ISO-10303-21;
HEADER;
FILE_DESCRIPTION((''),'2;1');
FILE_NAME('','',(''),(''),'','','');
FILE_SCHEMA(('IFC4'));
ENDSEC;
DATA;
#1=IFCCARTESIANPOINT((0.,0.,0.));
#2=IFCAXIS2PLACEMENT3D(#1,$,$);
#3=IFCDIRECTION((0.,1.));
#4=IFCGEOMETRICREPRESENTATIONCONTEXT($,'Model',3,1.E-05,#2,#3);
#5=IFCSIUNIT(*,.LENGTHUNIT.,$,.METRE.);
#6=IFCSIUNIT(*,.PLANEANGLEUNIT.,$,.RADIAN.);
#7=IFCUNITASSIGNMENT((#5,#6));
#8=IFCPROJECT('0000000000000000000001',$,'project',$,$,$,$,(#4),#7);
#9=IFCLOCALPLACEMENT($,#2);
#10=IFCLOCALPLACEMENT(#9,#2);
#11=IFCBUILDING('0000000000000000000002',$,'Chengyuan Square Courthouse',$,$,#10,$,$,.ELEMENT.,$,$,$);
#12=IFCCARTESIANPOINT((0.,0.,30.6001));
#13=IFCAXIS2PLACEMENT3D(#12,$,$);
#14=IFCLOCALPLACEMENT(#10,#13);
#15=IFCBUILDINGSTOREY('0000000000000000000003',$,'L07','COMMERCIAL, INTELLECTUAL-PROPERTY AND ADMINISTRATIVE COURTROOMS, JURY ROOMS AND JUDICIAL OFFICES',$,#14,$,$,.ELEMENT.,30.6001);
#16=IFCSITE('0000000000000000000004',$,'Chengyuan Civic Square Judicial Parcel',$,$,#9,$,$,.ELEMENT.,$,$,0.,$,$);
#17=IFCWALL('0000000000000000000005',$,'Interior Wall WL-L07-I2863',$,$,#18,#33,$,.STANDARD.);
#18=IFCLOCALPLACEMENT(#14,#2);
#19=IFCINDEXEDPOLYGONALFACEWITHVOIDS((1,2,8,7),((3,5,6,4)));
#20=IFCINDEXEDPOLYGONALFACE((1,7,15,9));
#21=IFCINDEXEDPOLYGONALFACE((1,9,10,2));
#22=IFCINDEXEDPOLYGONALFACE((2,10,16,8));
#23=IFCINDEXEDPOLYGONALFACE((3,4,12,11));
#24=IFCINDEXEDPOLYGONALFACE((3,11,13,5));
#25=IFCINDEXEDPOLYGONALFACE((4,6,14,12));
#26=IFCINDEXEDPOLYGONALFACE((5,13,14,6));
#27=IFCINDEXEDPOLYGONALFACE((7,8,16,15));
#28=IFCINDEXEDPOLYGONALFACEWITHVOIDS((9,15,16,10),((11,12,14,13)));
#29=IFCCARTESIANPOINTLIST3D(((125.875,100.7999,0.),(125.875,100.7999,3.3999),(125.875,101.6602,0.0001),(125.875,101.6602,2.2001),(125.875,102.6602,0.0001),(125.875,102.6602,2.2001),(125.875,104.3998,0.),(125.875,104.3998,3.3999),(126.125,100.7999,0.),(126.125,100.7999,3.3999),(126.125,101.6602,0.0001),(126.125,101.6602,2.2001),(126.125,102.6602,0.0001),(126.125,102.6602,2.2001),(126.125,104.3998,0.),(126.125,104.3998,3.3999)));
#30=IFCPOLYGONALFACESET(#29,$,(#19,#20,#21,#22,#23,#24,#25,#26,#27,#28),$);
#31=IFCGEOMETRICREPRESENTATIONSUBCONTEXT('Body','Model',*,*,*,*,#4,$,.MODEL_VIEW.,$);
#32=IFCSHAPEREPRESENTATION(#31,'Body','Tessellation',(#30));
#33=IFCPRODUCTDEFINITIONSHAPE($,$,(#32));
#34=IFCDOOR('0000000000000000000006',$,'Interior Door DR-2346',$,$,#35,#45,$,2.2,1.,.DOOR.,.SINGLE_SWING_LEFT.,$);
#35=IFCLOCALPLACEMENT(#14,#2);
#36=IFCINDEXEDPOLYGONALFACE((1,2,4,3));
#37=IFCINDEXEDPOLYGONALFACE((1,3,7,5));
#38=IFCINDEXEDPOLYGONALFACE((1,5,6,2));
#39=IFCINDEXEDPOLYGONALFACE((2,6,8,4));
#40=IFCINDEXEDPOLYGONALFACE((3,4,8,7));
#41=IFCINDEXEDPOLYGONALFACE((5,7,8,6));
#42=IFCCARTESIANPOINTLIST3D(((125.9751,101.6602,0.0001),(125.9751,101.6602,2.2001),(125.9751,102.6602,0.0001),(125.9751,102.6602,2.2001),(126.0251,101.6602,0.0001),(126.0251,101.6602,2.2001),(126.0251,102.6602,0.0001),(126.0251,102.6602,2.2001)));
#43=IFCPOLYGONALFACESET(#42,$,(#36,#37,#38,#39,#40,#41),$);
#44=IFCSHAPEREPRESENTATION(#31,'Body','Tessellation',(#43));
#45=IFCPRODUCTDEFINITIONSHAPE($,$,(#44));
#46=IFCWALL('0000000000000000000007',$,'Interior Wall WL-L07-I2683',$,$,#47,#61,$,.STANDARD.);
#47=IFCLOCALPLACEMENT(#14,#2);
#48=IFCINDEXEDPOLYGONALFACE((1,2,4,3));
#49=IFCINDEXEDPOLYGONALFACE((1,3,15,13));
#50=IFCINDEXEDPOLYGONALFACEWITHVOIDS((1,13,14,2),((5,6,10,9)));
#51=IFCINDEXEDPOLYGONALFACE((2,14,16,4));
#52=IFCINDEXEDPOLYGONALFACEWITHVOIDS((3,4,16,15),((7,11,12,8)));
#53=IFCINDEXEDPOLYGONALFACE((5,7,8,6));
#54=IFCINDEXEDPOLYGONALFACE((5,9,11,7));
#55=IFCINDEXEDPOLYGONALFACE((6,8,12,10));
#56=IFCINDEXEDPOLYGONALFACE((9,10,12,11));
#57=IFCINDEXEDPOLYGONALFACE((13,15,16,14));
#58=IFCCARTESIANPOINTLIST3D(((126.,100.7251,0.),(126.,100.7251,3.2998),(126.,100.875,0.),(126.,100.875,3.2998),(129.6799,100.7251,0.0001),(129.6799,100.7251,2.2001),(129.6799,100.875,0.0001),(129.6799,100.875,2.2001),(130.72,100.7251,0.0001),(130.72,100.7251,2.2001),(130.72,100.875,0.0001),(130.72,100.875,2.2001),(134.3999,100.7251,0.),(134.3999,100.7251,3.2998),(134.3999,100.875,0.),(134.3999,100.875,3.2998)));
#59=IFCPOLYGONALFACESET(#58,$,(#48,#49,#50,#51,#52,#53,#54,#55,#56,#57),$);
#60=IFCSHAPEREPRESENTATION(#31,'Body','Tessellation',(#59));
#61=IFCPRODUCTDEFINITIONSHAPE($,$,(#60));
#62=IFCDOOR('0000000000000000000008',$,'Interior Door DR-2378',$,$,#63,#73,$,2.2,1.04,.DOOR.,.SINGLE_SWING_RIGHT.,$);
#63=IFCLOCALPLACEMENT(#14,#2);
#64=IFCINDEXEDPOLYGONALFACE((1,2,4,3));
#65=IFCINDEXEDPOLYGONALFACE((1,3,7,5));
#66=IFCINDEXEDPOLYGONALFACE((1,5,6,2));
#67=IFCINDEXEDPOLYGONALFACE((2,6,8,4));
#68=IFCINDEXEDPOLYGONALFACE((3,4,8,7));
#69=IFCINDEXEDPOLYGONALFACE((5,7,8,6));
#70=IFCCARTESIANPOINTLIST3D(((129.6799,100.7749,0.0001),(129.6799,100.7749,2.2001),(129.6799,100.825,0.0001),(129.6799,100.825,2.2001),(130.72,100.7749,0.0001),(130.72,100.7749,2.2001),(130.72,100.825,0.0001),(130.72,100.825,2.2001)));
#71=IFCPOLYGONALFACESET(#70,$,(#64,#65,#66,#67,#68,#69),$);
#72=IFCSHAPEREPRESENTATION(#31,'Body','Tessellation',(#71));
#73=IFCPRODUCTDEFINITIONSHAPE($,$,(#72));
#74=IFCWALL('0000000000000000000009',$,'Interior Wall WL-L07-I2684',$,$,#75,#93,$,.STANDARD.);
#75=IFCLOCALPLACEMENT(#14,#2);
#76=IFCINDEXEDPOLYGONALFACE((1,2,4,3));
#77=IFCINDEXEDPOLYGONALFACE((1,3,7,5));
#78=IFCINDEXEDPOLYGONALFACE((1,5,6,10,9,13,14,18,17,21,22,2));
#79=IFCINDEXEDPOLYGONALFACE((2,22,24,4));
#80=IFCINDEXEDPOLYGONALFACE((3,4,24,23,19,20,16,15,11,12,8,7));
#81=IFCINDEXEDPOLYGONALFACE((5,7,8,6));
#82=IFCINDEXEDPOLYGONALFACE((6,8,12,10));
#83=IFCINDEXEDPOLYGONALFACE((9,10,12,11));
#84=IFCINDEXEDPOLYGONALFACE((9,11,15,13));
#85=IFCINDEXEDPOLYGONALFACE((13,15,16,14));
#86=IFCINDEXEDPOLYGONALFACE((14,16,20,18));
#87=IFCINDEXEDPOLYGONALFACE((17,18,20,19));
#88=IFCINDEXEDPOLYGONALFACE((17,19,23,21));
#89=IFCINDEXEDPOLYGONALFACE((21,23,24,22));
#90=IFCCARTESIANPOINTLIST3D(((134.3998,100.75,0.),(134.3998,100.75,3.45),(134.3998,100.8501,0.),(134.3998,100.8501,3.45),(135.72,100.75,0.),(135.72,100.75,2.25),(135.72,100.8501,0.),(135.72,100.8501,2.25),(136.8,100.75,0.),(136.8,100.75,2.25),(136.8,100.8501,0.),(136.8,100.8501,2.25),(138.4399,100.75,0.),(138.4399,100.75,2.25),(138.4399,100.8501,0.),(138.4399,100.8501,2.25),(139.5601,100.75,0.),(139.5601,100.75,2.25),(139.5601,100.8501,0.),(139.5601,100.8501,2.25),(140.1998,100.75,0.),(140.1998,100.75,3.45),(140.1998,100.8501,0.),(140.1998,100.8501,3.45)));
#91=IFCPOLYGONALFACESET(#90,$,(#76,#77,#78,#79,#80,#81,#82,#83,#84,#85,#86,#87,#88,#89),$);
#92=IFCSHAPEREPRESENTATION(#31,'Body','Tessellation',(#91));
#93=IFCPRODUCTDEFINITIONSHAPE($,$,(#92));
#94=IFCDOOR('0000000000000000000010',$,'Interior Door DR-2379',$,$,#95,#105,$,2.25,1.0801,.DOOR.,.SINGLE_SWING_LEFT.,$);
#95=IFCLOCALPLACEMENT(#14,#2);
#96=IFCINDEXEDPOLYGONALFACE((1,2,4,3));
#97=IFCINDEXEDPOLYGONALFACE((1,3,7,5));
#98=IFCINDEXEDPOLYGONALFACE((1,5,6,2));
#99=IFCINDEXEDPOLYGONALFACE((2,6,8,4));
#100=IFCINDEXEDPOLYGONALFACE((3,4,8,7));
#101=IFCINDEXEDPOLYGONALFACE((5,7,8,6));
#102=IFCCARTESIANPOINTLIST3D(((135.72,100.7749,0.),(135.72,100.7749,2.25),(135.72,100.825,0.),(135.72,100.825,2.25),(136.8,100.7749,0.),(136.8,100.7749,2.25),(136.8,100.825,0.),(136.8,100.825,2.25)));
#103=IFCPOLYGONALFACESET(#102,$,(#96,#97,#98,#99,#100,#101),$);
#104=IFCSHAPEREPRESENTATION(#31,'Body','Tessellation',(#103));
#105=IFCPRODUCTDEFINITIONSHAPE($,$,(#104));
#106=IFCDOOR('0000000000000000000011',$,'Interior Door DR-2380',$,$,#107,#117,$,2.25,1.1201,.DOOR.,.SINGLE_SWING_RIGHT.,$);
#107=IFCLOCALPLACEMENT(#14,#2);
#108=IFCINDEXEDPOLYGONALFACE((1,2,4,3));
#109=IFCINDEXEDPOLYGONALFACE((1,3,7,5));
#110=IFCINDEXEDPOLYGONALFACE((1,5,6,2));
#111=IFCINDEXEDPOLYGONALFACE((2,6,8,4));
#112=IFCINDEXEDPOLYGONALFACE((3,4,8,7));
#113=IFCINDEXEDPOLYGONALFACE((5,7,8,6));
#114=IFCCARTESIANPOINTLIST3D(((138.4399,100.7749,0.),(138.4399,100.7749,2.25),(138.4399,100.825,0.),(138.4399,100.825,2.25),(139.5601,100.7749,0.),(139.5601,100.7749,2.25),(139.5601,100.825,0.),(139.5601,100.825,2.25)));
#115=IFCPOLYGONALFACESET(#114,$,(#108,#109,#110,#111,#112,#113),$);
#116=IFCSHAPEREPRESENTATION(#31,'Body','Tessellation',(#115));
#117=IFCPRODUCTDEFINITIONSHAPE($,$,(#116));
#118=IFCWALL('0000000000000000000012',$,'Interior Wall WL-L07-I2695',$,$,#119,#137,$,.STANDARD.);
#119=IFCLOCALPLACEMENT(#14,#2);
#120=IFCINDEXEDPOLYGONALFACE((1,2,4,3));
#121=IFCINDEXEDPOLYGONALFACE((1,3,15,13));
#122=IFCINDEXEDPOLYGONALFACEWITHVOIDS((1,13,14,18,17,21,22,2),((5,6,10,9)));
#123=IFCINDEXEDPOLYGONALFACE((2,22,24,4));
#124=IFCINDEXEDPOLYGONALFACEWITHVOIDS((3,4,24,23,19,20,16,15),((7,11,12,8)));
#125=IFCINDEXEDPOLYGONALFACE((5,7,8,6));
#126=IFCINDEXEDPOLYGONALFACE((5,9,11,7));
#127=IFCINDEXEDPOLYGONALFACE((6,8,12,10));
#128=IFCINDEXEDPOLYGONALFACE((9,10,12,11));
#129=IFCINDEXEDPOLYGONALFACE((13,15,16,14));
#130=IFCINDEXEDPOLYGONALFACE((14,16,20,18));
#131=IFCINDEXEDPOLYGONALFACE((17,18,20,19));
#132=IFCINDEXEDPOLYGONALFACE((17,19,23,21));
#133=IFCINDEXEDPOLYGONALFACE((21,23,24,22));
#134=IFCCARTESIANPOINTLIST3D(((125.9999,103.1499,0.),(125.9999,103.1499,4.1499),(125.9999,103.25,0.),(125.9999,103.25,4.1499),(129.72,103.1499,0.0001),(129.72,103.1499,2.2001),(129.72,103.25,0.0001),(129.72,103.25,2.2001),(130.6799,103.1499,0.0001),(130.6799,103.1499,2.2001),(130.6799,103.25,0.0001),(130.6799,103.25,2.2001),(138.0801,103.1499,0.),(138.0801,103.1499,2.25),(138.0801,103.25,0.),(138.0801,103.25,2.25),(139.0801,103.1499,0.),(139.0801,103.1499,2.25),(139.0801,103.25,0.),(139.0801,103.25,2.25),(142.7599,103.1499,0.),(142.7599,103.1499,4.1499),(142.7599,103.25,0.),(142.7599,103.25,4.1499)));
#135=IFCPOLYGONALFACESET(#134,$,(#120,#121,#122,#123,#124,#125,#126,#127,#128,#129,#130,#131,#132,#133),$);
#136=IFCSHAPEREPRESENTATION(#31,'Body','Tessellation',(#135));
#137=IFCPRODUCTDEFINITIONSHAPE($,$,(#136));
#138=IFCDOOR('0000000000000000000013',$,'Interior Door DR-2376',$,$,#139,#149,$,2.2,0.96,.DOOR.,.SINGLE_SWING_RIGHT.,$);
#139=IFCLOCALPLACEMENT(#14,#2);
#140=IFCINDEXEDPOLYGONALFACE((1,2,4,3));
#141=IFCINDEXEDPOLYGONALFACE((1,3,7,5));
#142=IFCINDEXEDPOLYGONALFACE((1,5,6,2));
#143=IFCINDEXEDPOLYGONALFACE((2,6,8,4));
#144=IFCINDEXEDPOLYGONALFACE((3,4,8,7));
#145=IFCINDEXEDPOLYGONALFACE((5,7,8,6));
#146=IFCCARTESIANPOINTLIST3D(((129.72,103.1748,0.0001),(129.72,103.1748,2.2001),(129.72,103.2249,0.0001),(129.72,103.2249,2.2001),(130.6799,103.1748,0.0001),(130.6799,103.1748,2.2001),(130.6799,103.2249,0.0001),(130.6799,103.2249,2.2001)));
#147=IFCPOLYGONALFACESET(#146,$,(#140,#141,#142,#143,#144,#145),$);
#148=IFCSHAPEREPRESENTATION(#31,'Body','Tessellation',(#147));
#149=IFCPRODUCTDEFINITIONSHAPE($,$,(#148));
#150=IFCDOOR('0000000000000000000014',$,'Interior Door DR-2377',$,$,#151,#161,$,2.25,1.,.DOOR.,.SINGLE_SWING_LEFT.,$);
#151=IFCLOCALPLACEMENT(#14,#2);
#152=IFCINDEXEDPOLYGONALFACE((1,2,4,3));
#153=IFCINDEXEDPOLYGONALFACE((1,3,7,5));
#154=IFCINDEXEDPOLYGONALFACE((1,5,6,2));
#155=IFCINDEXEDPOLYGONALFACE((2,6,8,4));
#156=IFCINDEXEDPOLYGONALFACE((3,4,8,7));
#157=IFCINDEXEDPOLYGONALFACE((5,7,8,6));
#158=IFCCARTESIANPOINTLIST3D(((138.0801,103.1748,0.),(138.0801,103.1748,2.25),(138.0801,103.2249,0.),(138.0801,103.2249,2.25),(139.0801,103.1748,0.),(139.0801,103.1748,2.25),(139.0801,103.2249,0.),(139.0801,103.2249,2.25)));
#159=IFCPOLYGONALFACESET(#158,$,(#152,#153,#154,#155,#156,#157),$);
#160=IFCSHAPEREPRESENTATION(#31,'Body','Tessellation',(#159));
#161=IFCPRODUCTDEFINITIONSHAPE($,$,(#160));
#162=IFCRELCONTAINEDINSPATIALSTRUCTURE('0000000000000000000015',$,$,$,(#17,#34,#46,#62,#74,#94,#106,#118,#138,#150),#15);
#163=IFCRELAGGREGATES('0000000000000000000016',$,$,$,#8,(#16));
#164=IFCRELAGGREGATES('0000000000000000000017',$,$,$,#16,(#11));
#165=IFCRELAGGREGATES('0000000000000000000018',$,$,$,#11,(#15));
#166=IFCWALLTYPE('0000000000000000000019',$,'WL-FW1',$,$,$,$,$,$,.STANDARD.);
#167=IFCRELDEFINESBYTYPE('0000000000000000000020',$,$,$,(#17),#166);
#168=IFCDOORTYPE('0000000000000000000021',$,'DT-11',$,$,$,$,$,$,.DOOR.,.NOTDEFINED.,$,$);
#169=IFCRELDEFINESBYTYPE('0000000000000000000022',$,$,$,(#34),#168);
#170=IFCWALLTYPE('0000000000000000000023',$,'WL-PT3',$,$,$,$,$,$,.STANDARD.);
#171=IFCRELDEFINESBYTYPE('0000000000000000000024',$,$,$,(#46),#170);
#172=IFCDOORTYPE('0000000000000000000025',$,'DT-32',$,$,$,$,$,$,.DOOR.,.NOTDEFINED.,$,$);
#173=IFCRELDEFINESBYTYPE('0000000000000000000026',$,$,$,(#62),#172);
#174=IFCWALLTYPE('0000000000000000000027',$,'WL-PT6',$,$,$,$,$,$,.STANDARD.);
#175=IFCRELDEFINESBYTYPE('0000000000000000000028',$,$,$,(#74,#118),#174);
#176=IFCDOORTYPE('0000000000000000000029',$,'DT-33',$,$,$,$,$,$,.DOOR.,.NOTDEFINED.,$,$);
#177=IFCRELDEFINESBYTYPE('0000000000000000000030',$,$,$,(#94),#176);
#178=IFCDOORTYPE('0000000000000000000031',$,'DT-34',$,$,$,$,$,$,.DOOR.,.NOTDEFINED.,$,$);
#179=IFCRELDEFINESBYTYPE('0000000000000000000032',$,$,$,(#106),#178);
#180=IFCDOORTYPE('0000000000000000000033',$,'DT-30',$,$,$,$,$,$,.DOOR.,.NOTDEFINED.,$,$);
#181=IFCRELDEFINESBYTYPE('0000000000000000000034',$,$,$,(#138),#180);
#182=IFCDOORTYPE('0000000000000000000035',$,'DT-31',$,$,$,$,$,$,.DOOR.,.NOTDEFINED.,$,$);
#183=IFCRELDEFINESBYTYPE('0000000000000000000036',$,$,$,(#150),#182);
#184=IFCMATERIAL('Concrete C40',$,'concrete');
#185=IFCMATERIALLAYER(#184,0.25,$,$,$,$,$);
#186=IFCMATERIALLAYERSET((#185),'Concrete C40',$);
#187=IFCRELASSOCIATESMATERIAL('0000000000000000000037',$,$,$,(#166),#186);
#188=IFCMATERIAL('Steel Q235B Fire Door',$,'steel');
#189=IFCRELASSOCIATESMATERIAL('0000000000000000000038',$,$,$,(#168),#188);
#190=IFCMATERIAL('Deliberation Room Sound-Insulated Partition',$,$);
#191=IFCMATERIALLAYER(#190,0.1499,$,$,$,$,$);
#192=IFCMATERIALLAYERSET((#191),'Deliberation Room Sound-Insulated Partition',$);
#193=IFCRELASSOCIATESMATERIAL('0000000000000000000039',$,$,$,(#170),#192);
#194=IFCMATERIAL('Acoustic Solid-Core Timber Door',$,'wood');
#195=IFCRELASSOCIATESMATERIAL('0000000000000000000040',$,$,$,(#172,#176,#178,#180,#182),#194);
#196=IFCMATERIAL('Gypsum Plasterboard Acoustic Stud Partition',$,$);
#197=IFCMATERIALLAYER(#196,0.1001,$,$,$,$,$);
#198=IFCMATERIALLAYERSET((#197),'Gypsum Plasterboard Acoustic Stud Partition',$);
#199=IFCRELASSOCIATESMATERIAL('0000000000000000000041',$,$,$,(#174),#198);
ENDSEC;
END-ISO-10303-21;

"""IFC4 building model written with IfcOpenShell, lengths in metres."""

from ifc_helpers import new_model, si_unit, direction, frame, frame_2d, origin, place, context, subcontext, project, spatial, rectangle, extrude, material, layer, layer_set, type_object, element, fill, save


model = new_model("IFC4")

# Units and contexts
model_context = context("Model", 3, precision=1e-05, world=origin(), true_north=direction((0.0, 1.0)))
body_context = subcontext(model_context, "Body", "Model", "MODEL_VIEW")
ifc_project = project(units=[si_unit("LENGTHUNIT", "METRE"), si_unit("PLANEANGLEUNIT", "RADIAN")], contexts=[model_context])

# Site, building, storey
site_placement = place(None, origin())
site = spatial("IfcSite", under=ifc_project, at=site_placement, Name="Chengyuan Civic Square Judicial Parcel", CompositionType="ELEMENT", RefElevation=0.0)
building_placement = place(site_placement, origin())
building = spatial("IfcBuilding", under=site, at=building_placement, Name="Chengyuan Square Courthouse", CompositionType="ELEMENT")
storey_placement = place(building_placement, frame((0.0, 0.0, 30.6001)))
storey = spatial("IfcBuildingStorey", under=building, at=storey_placement, Name="L07", Description="COMMERCIAL, INTELLECTUAL-PROPERTY AND ADMINISTRATIVE COURTROOMS, JURY ROOMS AND JUDICIAL OFFICES", CompositionType="ELEMENT", Elevation=30.6001)

# Shared definitions
ifc_material_1 = material(Name="Concrete C40", Category="concrete")

# Walls, openings, doors
ifc_layer_1 = layer(ifc_material_1, 0.25)
ifc_layer_set_1 = layer_set([ifc_layer_1], Name="Concrete C40")
wall_type_1 = type_object("IfcWallType", Name="WL-FW1", PredefinedType="STANDARD", material=ifc_layer_set_1)
wall_1_placement = place(storey_placement, frame((126.0, 100.8, 0.0), z_axis=(0.0, 0.0, 1.0), x_axis=(0.0, 1.0, 0.0)))
wall_1 = element("IfcWall", 1, at=wall_1_placement, inside=storey, type_object=wall_type_1, Name="Interior Wall WL-L07-I2863", PredefinedType="STANDARD", context=body_context, shape_type="SweptSolid", body=[
    extrude(rectangle(XDim=3.5999, YDim=0.25, at=frame_2d((1.7998, 0.0))), origin(), (0.0, 0.0, 1.0), 3.3999),
])
opening_1_placement = place(wall_1_placement, frame((0.8601, 0.0, 0.0)))
opening_1 = element("IfcOpeningElement", 2, at=opening_1_placement, cuts=wall_1, PredefinedType="OPENING", context=body_context, shape_type="SweptSolid", body=[
    extrude(rectangle(XDim=1.0, YDim=2.2, at=frame_2d((0.5, 1.1001))), frame((0.0, 0.137, 0.0), z_axis=(0.0, -1.0, 0.0), x_axis=(1.0, 0.0, 0.0)), (0.0, 0.0, 1.0), 0.2739),
])
ifc_material_2 = material(Name="Steel Q235B Fire Door", Category="steel")
door_type_1 = type_object("IfcDoorType", Name="DT-11", OperationType="NOTDEFINED", PredefinedType="DOOR", material=ifc_material_2)
door_1_placement = place(opening_1_placement, origin())
door_1 = element("IfcDoor", 3, at=door_1_placement, inside=storey, type_object=door_type_1, Name="Interior Door DR-2346", OperationType="SINGLE_SWING_LEFT", OverallHeight=2.2, OverallWidth=1.0, PredefinedType="DOOR", context=body_context, shape_type="SweptSolid", body=[
    extrude(rectangle(XDim=1.0, YDim=2.2, at=frame_2d((0.5, 1.1001))), frame((0.0, 0.0249, 0.0), z_axis=(0.0, -1.0, 0.0), x_axis=(1.0, 0.0, 0.0)), (0.0, 0.0, 1.0), 0.05),
])
fill(opening_1, door_1)
ifc_material_3 = material(Name="Deliberation Room Sound-Insulated Partition")
ifc_layer_2 = layer(ifc_material_3, 0.1499)
ifc_layer_set_2 = layer_set([ifc_layer_2], Name="Deliberation Room Sound-Insulated Partition")
wall_type_2 = type_object("IfcWallType", Name="WL-PT3", PredefinedType="STANDARD", material=ifc_layer_set_2)
wall_2_placement = place(storey_placement, frame((126.0, 100.8, 0.0), z_axis=(0.0, 0.0, 1.0), x_axis=(1.0, 0.0, 0.0)))
wall_2 = element("IfcWall", 4, at=wall_2_placement, inside=storey, type_object=wall_type_2, Name="Interior Wall WL-L07-I2683", PredefinedType="STANDARD", context=body_context, shape_type="SweptSolid", body=[
    extrude(rectangle(XDim=8.3999, YDim=0.1499, at=frame_2d((4.2, 0.0))), origin(), (0.0, 0.0, 1.0), 3.2998),
])
opening_2_placement = place(wall_2_placement, frame((3.6799, 0.0, 0.0)))
opening_2 = element("IfcOpeningElement", 5, at=opening_2_placement, cuts=wall_2, PredefinedType="OPENING", context=body_context, shape_type="SweptSolid", body=[
    extrude(rectangle(XDim=1.04, YDim=2.2, at=frame_2d((0.52, 1.1001))), frame((0.0, 0.0869, 0.0), z_axis=(0.0, -1.0, 0.0), x_axis=(1.0, 0.0, 0.0)), (0.0, 0.0, 1.0), 0.1738),
])
ifc_material_4 = material(Name="Acoustic Solid-Core Timber Door", Category="wood")
door_type_2 = type_object("IfcDoorType", Name="DT-32", OperationType="NOTDEFINED", PredefinedType="DOOR", material=ifc_material_4)
door_2_placement = place(opening_2_placement, origin())
door_2 = element("IfcDoor", 6, at=door_2_placement, inside=storey, type_object=door_type_2, Name="Interior Door DR-2378", OperationType="SINGLE_SWING_RIGHT", OverallHeight=2.2, OverallWidth=1.04, PredefinedType="DOOR", context=body_context, shape_type="SweptSolid", body=[
    extrude(rectangle(XDim=1.04, YDim=2.2, at=frame_2d((0.52, 1.1001))), frame((0.0, 0.0249, 0.0), z_axis=(0.0, -1.0, 0.0), x_axis=(1.0, 0.0, 0.0)), (0.0, 0.0, 1.0), 0.05),
])
fill(opening_2, door_2)

# Walls, openings, doors
ifc_material_5 = material(Name="Gypsum Plasterboard Acoustic Stud Partition")
ifc_layer_3 = layer(ifc_material_5, 0.1001)
ifc_layer_set_3 = layer_set([ifc_layer_3], Name="Gypsum Plasterboard Acoustic Stud Partition")
wall_type_3 = type_object("IfcWallType", Name="WL-PT6", PredefinedType="STANDARD", material=ifc_layer_set_3)
wall_3_placement = place(storey_placement, frame((134.3999, 100.8, 0.0), z_axis=(0.0, 0.0, 1.0), x_axis=(1.0, 0.0, 0.0)))
wall_3 = element("IfcWall", 7, at=wall_3_placement, inside=storey, type_object=wall_type_3, Name="Interior Wall WL-L07-I2684", PredefinedType="STANDARD", context=body_context, shape_type="SweptSolid", body=[
    extrude(rectangle(XDim=5.8, YDim=0.1001, at=frame_2d((2.8999, 0.0))), origin(), (0.0, 0.0, 1.0), 3.45),
])
opening_3_placement = place(wall_3_placement, frame((1.3201, 0.0, 0.0)))
opening_3 = element("IfcOpeningElement", 8, at=opening_3_placement, cuts=wall_3, PredefinedType="OPENING", context=body_context, shape_type="SweptSolid", body=[
    extrude(rectangle(XDim=1.0801, YDim=2.25, at=frame_2d((0.54, 1.125))), frame((0.0, 0.062, 0.0), z_axis=(0.0, -1.0, 0.0), x_axis=(1.0, 0.0, 0.0)), (0.0, 0.0, 1.0), 0.124),
])
opening_4_placement = place(wall_3_placement, frame((4.04, 0.0, 0.0)))
opening_4 = element("IfcOpeningElement", 9, at=opening_4_placement, cuts=wall_3, PredefinedType="OPENING", context=body_context, shape_type="SweptSolid", body=[
    extrude(rectangle(XDim=1.1201, YDim=2.25, at=frame_2d((0.5601, 1.125))), frame((0.0, 0.062, 0.0), z_axis=(0.0, -1.0, 0.0), x_axis=(1.0, 0.0, 0.0)), (0.0, 0.0, 1.0), 0.124),
])
door_type_3 = type_object("IfcDoorType", Name="DT-33", OperationType="NOTDEFINED", PredefinedType="DOOR", material=ifc_material_4)
door_3_placement = place(opening_3_placement, origin())
door_3 = element("IfcDoor", 10, at=door_3_placement, inside=storey, type_object=door_type_3, Name="Interior Door DR-2379", OperationType="SINGLE_SWING_LEFT", OverallHeight=2.25, OverallWidth=1.0801, PredefinedType="DOOR", context=body_context, shape_type="SweptSolid", body=[
    extrude(rectangle(XDim=1.0801, YDim=2.25, at=frame_2d((0.54, 1.125))), frame((0.0, 0.0249, 0.0), z_axis=(0.0, -1.0, 0.0), x_axis=(1.0, 0.0, 0.0)), (0.0, 0.0, 1.0), 0.05),
])
fill(opening_3, door_3)
door_type_4 = type_object("IfcDoorType", Name="DT-34", OperationType="NOTDEFINED", PredefinedType="DOOR", material=ifc_material_4)
door_4_placement = place(opening_4_placement, origin())
door_4 = element("IfcDoor", 11, at=door_4_placement, inside=storey, type_object=door_type_4, Name="Interior Door DR-2380", OperationType="SINGLE_SWING_RIGHT", OverallHeight=2.25, OverallWidth=1.1201, PredefinedType="DOOR", context=body_context, shape_type="SweptSolid", body=[
    extrude(rectangle(XDim=1.1201, YDim=2.25, at=frame_2d((0.5601, 1.125))), frame((0.0, 0.0249, 0.0), z_axis=(0.0, -1.0, 0.0), x_axis=(1.0, 0.0, 0.0)), (0.0, 0.0, 1.0), 0.05),
])
fill(opening_4, door_4)
wall_4_placement = place(storey_placement, frame((126.0, 103.2, 0.0), z_axis=(0.0, 0.0, 1.0), x_axis=(1.0, 0.0, 0.0)))
wall_4 = element("IfcWall", 12, at=wall_4_placement, inside=storey, type_object=wall_type_3, Name="Interior Wall WL-L07-I2695", PredefinedType="STANDARD", context=body_context, shape_type="SweptSolid", body=[
    extrude(rectangle(XDim=16.76, YDim=0.1001, at=frame_2d((8.3799, 0.0))), origin(), (0.0, 0.0, 1.0), 4.1499),
])
opening_5_placement = place(wall_4_placement, frame((3.72, 0.0, 0.0)))
opening_5 = element("IfcOpeningElement", 13, at=opening_5_placement, cuts=wall_4, PredefinedType="OPENING", context=body_context, shape_type="SweptSolid", body=[
    extrude(rectangle(XDim=0.96, YDim=2.2, at=frame_2d((0.48, 1.1001))), frame((0.0, 0.062, 0.0), z_axis=(0.0, -1.0, 0.0), x_axis=(1.0, 0.0, 0.0)), (0.0, 0.0, 1.0), 0.124),
])
opening_6_placement = place(wall_4_placement, frame((12.0801, 0.0, 0.0)))
opening_6 = element("IfcOpeningElement", 14, at=opening_6_placement, cuts=wall_4, PredefinedType="OPENING", context=body_context, shape_type="SweptSolid", body=[
    extrude(rectangle(XDim=1.0, YDim=2.25, at=frame_2d((0.5, 1.125))), frame((0.0, 0.062, 0.0), z_axis=(0.0, -1.0, 0.0), x_axis=(1.0, 0.0, 0.0)), (0.0, 0.0, 1.0), 0.124),
])
door_type_5 = type_object("IfcDoorType", Name="DT-30", OperationType="NOTDEFINED", PredefinedType="DOOR", material=ifc_material_4)
door_5_placement = place(opening_5_placement, origin())
door_5 = element("IfcDoor", 15, at=door_5_placement, inside=storey, type_object=door_type_5, Name="Interior Door DR-2376", OperationType="SINGLE_SWING_RIGHT", OverallHeight=2.2, OverallWidth=0.96, PredefinedType="DOOR", context=body_context, shape_type="SweptSolid", body=[
    extrude(rectangle(XDim=0.96, YDim=2.2, at=frame_2d((0.48, 1.1001))), frame((0.0, 0.0249, 0.0), z_axis=(0.0, -1.0, 0.0), x_axis=(1.0, 0.0, 0.0)), (0.0, 0.0, 1.0), 0.05),
])
fill(opening_5, door_5)
door_type_6 = type_object("IfcDoorType", Name="DT-31", OperationType="NOTDEFINED", PredefinedType="DOOR", material=ifc_material_4)
door_6_placement = place(opening_6_placement, origin())
door_6 = element("IfcDoor", 16, at=door_6_placement, inside=storey, type_object=door_type_6, Name="Interior Door DR-2377", OperationType="SINGLE_SWING_LEFT", OverallHeight=2.25, OverallWidth=1.0, PredefinedType="DOOR", context=body_context, shape_type="SweptSolid", body=[
    extrude(rectangle(XDim=1.0, YDim=2.25, at=frame_2d((0.5, 1.125))), frame((0.0, 0.0249, 0.0), z_axis=(0.0, -1.0, 0.0), x_axis=(1.0, 0.0, 0.0)), (0.0, 0.0, 1.0), 0.05),
])
fill(opening_6, door_6)

save(model, "model.ifc")
